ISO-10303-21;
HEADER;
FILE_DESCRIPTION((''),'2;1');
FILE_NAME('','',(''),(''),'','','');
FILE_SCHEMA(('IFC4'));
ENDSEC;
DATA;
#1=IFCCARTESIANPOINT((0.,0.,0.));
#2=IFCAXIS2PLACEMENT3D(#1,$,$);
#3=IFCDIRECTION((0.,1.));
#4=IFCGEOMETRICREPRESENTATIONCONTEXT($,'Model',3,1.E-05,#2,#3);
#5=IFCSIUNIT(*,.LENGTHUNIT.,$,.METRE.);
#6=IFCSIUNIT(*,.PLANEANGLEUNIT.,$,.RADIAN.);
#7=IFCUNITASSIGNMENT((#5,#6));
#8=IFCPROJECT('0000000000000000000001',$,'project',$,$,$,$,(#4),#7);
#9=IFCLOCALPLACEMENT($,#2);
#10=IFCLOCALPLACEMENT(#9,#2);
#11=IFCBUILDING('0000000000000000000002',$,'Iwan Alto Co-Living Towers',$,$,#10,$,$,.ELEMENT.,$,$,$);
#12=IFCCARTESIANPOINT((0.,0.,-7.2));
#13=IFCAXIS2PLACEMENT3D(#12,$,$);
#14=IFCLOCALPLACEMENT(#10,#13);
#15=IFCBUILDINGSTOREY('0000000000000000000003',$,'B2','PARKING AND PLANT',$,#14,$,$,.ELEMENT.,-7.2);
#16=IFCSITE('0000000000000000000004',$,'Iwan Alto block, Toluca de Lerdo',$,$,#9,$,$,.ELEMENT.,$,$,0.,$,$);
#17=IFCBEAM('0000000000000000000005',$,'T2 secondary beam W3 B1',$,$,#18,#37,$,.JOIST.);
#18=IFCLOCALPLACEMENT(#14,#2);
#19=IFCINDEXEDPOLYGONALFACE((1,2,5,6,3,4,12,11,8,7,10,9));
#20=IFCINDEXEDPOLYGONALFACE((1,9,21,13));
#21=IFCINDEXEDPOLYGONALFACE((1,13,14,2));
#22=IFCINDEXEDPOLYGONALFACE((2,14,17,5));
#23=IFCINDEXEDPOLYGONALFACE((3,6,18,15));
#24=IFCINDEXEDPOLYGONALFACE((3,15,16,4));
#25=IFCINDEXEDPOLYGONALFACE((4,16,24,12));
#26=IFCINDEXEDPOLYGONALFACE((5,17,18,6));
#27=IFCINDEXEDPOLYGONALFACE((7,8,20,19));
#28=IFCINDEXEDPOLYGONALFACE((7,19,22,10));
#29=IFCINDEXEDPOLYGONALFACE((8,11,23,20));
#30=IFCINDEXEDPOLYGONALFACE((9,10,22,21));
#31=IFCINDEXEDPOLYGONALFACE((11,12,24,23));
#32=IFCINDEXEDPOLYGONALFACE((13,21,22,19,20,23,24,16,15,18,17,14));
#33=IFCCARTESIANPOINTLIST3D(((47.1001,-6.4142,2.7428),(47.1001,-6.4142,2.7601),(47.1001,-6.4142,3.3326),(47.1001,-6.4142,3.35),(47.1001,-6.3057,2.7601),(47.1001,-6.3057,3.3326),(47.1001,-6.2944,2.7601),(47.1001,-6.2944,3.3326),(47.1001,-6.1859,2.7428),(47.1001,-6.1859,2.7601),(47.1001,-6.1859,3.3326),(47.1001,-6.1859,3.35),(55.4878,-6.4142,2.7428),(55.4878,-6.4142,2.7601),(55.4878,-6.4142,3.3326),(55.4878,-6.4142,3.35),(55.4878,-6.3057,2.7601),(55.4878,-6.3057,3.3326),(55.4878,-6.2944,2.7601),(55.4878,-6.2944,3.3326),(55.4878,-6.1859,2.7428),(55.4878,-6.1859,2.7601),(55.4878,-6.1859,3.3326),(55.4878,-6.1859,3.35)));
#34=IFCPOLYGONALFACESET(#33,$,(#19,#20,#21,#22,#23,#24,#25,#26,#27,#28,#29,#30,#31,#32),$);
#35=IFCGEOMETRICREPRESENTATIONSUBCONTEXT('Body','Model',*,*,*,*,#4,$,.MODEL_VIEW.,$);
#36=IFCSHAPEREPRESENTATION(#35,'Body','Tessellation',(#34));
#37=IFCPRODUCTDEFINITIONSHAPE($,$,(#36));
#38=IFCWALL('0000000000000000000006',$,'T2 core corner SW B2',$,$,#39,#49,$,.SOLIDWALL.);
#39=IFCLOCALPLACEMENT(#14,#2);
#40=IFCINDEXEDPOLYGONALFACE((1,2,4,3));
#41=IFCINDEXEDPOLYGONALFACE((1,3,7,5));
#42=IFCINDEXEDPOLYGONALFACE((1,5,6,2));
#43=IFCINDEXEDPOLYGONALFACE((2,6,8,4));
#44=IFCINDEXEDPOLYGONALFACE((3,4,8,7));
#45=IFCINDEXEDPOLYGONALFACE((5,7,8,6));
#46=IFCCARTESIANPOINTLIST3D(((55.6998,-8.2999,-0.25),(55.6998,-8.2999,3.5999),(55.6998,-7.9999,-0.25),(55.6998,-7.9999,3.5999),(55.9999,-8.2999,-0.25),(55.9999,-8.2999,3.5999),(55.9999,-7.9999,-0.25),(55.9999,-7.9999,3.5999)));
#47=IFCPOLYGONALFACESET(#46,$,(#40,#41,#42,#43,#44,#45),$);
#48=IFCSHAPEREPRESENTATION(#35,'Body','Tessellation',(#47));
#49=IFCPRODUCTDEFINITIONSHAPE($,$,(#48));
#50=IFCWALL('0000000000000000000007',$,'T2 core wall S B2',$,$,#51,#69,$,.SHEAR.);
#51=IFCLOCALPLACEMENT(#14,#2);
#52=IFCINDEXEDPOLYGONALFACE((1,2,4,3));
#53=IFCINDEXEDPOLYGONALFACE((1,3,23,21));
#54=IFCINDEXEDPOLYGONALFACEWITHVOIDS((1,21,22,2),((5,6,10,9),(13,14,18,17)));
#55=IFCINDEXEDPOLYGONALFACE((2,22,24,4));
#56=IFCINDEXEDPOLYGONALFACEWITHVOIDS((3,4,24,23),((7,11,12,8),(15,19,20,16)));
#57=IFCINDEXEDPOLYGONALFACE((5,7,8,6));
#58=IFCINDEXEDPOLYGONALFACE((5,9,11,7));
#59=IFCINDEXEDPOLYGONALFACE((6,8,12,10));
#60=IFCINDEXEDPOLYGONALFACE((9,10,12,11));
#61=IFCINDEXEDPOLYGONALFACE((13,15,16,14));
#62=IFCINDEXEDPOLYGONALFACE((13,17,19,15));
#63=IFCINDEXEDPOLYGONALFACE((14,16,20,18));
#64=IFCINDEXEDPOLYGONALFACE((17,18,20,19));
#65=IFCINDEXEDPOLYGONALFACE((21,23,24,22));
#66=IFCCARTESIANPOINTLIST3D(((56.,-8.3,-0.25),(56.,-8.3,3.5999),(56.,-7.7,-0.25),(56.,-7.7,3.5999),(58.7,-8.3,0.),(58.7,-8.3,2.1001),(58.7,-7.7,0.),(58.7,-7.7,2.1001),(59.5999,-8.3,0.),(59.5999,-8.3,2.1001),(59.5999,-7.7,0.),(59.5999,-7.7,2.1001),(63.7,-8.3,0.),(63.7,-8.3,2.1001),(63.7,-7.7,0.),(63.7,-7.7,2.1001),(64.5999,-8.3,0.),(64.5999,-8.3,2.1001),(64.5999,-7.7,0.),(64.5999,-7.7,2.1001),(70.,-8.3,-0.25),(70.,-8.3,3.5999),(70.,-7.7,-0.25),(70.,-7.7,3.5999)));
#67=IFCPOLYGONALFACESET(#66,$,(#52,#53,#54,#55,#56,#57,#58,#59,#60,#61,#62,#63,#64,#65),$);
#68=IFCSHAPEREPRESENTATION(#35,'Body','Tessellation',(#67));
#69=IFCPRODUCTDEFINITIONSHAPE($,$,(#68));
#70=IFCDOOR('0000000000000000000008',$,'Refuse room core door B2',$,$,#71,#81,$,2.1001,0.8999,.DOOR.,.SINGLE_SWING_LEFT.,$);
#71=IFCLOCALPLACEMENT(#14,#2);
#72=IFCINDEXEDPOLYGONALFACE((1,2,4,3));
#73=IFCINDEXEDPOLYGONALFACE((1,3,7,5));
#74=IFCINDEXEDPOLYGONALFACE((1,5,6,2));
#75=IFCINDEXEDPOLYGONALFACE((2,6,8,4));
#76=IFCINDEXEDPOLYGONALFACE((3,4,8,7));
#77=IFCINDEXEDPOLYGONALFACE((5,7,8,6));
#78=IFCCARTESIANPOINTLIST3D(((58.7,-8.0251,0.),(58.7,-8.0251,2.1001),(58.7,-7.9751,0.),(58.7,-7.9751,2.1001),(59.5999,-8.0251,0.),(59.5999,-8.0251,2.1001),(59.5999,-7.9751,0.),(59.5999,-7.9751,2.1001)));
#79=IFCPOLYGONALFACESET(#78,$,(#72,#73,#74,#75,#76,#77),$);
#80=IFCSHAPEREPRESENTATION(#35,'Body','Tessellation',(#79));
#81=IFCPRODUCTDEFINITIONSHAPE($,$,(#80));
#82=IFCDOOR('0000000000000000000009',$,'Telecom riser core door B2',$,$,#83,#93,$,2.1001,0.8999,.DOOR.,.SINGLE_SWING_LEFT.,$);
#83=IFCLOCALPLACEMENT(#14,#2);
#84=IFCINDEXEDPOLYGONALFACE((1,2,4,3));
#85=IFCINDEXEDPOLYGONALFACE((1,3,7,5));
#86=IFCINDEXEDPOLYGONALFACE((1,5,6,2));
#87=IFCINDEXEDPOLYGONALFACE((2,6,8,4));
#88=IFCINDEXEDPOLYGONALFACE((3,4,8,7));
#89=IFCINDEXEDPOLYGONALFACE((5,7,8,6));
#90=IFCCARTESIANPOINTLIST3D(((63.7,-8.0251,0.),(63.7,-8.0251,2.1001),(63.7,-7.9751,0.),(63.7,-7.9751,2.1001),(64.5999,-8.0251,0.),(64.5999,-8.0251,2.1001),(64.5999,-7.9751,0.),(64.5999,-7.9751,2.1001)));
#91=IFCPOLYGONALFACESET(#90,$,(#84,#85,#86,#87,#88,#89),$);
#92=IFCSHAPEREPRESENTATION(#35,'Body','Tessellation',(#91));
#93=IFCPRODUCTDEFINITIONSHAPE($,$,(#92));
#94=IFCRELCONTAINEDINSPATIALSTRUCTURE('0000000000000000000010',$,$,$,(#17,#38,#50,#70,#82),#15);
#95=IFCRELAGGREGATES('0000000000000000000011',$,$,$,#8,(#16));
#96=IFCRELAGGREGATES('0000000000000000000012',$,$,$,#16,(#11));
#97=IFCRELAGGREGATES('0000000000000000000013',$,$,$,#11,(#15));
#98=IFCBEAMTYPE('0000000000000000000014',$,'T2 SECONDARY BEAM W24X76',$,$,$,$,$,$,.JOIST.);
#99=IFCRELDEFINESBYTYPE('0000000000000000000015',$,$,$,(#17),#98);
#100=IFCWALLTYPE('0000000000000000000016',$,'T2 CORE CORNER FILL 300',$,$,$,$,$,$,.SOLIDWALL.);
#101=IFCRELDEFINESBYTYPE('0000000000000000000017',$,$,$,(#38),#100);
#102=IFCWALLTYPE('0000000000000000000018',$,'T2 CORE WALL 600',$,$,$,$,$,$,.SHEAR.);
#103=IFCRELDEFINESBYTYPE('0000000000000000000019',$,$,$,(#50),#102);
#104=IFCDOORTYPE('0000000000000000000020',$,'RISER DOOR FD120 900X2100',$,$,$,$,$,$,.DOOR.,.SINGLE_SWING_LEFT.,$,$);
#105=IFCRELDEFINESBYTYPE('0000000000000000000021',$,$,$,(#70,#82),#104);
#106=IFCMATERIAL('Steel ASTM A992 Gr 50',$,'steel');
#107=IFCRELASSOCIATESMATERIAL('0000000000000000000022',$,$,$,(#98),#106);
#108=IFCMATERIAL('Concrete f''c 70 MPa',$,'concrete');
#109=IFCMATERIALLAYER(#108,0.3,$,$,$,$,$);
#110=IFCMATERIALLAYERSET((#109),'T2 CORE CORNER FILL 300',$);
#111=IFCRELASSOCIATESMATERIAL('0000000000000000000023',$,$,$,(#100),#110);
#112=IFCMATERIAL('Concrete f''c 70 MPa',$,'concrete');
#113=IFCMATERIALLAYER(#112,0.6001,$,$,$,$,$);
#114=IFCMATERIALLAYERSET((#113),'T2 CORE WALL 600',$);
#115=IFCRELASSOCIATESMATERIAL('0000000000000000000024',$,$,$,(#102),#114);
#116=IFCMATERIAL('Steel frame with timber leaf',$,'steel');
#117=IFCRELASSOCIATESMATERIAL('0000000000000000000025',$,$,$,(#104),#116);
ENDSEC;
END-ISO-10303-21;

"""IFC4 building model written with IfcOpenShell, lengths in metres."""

from ifc_helpers import new_model, si_unit, direction, frame, frame_2d, origin, origin_2d, place, context, subcontext, project, spatial, rectangle, i_section, extrude, material, layer, layer_set, material_profile, profile_set, type_object, element, fill, save


model = new_model("IFC4")

# Units and contexts
model_context = context("Model", 3, precision=1e-05, world=origin(), true_north=direction((0.0, 1.0)))
body_context = subcontext(model_context, "Body", "Model", "MODEL_VIEW")
ifc_project = project(units=[si_unit("LENGTHUNIT", "METRE"), si_unit("PLANEANGLEUNIT", "RADIAN")], contexts=[model_context])

# Site, building, storey
site_placement = place(None, origin())
site = spatial("IfcSite", under=ifc_project, at=site_placement, Name="Iwan Alto block, Toluca de Lerdo", CompositionType="ELEMENT", RefElevation=0.0)
building_placement = place(site_placement, origin())
building = spatial("IfcBuilding", under=site, at=building_placement, Name="Iwan Alto Co-Living Towers", CompositionType="ELEMENT")
storey_placement = place(building_placement, frame((0.0, 0.0, -7.2)))
storey = spatial("IfcBuildingStorey", under=building, at=storey_placement, Name="B2", Description="PARKING AND PLANT", CompositionType="ELEMENT", Elevation=-7.2)

# Beam
ifc_material_1 = material(Name="Steel ASTM A992 Gr 50", Category="steel")
ifc_material_profile_1 = material_profile(ifc_material_1, i_section(OverallWidth=0.2283, OverallDepth=0.6072, WebThickness=0.0112, FlangeThickness=0.0173, at=origin_2d()), Name="W24X76")
ifc_profile_set_1 = profile_set([ifc_material_profile_1], Name="Steel ASTM A992 Gr 50")
beam_type_1 = type_object("IfcBeamType", Name="T2 SECONDARY BEAM W24X76", PredefinedType="JOIST", material=ifc_profile_set_1)
beam_1_placement = place(storey_placement, frame((47.1001, -6.3, 3.0464), z_axis=(1.0, 0.0, 0.0), x_axis=(0.0, 1.0, 0.0)))
element("IfcBeam", 1, at=beam_1_placement, inside=storey, type_object=beam_type_1, Name="T2 secondary beam W3 B1", PredefinedType="JOIST", context=body_context, shape_type="SweptSolid", body=[
    extrude(i_section(OverallWidth=0.2283, OverallDepth=0.6072, WebThickness=0.0112, FlangeThickness=0.0173, at=origin_2d()), origin(), (0.0, 0.0, 1.0), 8.3877),
])

# Wall
ifc_material_2 = material(Name="Concrete f'c 70 MPa", Category="concrete")
ifc_layer_1 = layer(ifc_material_2, 0.3)
ifc_layer_set_1 = layer_set([ifc_layer_1], Name="T2 CORE CORNER FILL 300")
wall_type_1 = type_object("IfcWallType", Name="T2 CORE CORNER FILL 300", PredefinedType="SOLIDWALL", material=ifc_layer_set_1)
wall_1_placement = place(storey_placement, frame((55.7, -8.1499, -0.25), z_axis=(0.0, 0.0, 1.0), x_axis=(1.0, 0.0, 0.0)))
element("IfcWall", 2, at=wall_1_placement, inside=storey, type_object=wall_type_1, Name="T2 core corner SW B2", PredefinedType="SOLIDWALL", context=body_context, shape_type="SweptSolid", body=[
    extrude(rectangle(XDim=0.3, YDim=0.3, at=frame_2d((0.1499, 0.0))), origin(), (0.0, 0.0, 1.0), 3.8499),
])

# Wall, openings, doors
ifc_material_3 = material(Name="Concrete f'c 70 MPa", Category="concrete")
ifc_layer_2 = layer(ifc_material_3, 0.6001)
ifc_layer_set_2 = layer_set([ifc_layer_2], Name="T2 CORE WALL 600")
wall_type_2 = type_object("IfcWallType", Name="T2 CORE WALL 600", PredefinedType="SHEAR", material=ifc_layer_set_2)
wall_2_placement = place(storey_placement, frame((56.0, -8.0, -0.25), z_axis=(0.0, 0.0, 1.0), x_axis=(1.0, 0.0, 0.0)))
wall_2 = element("IfcWall", 3, at=wall_2_placement, inside=storey, type_object=wall_type_2, Name="T2 core wall S B2", PredefinedType="SHEAR", context=body_context, shape_type="SweptSolid", body=[
    extrude(rectangle(XDim=14.0, YDim=0.6001, at=frame_2d((7.0, 0.0))), origin(), (0.0, 0.0, 1.0), 3.8499),
])
opening_1_placement = place(wall_2_placement, frame((2.7, 0.0, 0.25)))
opening_1 = element("IfcOpeningElement", 4, at=opening_1_placement, cuts=wall_2, PredefinedType="OPENING", context=body_context, shape_type="SweptSolid", body=[
    extrude(rectangle(XDim=0.8999, YDim=2.1001, at=frame_2d((0.45, 1.05))), frame((0.0, 0.3101, 0.0), z_axis=(0.0, -1.0, 0.0), x_axis=(1.0, 0.0, 0.0)), (0.0, 0.0, 1.0), 0.6201),
])
opening_2_placement = place(wall_2_placement, frame((7.7, 0.0, 0.25)))
opening_2 = element("IfcOpeningElement", 5, at=opening_2_placement, cuts=wall_2, PredefinedType="OPENING", context=body_context, shape_type="SweptSolid", body=[
    extrude(rectangle(XDim=0.8999, YDim=2.1001, at=frame_2d((0.45, 1.05))), frame((0.0, 0.3101, 0.0), z_axis=(0.0, -1.0, 0.0), x_axis=(1.0, 0.0, 0.0)), (0.0, 0.0, 1.0), 0.6201),
])
ifc_material_4 = material(Name="Steel frame with timber leaf", Category="steel")
door_type = type_object("IfcDoorType", Name="RISER DOOR FD120 900X2100", OperationType="SINGLE_SWING_LEFT", PredefinedType="DOOR", material=ifc_material_4)
door_1_placement = place(opening_1_placement, origin())
door_1 = element("IfcDoor", 6, at=door_1_placement, inside=storey, type_object=door_type, Name="Refuse room core door B2", OperationType="SINGLE_SWING_LEFT", OverallHeight=2.1001, OverallWidth=0.8999, PredefinedType="DOOR", context=body_context, shape_type="SweptSolid", body=[
    extrude(rectangle(XDim=0.8999, YDim=2.1001, at=frame_2d((0.45, 1.05))), frame((0.0, 0.0249, 0.0), z_axis=(0.0, -1.0, 0.0), x_axis=(1.0, 0.0, 0.0)), (0.0, 0.0, 1.0), 0.05),
])
fill(opening_1, door_1)
door_2_placement = place(opening_2_placement, origin())
door_2 = element("IfcDoor", 7, at=door_2_placement, inside=storey, type_object=door_type, Name="Telecom riser core door B2", OperationType="SINGLE_SWING_LEFT", OverallHeight=2.1001, OverallWidth=0.8999, PredefinedType="DOOR", context=body_context, shape_type="SweptSolid", body=[
    extrude(rectangle(XDim=0.8999, YDim=2.1001, at=frame_2d((0.45, 1.05))), frame((0.0, 0.0249, 0.0), z_axis=(0.0, -1.0, 0.0), x_axis=(1.0, 0.0, 0.0)), (0.0, 0.0, 1.0), 0.05),
])
fill(opening_2, door_2)

save(model, "model.ifc")
